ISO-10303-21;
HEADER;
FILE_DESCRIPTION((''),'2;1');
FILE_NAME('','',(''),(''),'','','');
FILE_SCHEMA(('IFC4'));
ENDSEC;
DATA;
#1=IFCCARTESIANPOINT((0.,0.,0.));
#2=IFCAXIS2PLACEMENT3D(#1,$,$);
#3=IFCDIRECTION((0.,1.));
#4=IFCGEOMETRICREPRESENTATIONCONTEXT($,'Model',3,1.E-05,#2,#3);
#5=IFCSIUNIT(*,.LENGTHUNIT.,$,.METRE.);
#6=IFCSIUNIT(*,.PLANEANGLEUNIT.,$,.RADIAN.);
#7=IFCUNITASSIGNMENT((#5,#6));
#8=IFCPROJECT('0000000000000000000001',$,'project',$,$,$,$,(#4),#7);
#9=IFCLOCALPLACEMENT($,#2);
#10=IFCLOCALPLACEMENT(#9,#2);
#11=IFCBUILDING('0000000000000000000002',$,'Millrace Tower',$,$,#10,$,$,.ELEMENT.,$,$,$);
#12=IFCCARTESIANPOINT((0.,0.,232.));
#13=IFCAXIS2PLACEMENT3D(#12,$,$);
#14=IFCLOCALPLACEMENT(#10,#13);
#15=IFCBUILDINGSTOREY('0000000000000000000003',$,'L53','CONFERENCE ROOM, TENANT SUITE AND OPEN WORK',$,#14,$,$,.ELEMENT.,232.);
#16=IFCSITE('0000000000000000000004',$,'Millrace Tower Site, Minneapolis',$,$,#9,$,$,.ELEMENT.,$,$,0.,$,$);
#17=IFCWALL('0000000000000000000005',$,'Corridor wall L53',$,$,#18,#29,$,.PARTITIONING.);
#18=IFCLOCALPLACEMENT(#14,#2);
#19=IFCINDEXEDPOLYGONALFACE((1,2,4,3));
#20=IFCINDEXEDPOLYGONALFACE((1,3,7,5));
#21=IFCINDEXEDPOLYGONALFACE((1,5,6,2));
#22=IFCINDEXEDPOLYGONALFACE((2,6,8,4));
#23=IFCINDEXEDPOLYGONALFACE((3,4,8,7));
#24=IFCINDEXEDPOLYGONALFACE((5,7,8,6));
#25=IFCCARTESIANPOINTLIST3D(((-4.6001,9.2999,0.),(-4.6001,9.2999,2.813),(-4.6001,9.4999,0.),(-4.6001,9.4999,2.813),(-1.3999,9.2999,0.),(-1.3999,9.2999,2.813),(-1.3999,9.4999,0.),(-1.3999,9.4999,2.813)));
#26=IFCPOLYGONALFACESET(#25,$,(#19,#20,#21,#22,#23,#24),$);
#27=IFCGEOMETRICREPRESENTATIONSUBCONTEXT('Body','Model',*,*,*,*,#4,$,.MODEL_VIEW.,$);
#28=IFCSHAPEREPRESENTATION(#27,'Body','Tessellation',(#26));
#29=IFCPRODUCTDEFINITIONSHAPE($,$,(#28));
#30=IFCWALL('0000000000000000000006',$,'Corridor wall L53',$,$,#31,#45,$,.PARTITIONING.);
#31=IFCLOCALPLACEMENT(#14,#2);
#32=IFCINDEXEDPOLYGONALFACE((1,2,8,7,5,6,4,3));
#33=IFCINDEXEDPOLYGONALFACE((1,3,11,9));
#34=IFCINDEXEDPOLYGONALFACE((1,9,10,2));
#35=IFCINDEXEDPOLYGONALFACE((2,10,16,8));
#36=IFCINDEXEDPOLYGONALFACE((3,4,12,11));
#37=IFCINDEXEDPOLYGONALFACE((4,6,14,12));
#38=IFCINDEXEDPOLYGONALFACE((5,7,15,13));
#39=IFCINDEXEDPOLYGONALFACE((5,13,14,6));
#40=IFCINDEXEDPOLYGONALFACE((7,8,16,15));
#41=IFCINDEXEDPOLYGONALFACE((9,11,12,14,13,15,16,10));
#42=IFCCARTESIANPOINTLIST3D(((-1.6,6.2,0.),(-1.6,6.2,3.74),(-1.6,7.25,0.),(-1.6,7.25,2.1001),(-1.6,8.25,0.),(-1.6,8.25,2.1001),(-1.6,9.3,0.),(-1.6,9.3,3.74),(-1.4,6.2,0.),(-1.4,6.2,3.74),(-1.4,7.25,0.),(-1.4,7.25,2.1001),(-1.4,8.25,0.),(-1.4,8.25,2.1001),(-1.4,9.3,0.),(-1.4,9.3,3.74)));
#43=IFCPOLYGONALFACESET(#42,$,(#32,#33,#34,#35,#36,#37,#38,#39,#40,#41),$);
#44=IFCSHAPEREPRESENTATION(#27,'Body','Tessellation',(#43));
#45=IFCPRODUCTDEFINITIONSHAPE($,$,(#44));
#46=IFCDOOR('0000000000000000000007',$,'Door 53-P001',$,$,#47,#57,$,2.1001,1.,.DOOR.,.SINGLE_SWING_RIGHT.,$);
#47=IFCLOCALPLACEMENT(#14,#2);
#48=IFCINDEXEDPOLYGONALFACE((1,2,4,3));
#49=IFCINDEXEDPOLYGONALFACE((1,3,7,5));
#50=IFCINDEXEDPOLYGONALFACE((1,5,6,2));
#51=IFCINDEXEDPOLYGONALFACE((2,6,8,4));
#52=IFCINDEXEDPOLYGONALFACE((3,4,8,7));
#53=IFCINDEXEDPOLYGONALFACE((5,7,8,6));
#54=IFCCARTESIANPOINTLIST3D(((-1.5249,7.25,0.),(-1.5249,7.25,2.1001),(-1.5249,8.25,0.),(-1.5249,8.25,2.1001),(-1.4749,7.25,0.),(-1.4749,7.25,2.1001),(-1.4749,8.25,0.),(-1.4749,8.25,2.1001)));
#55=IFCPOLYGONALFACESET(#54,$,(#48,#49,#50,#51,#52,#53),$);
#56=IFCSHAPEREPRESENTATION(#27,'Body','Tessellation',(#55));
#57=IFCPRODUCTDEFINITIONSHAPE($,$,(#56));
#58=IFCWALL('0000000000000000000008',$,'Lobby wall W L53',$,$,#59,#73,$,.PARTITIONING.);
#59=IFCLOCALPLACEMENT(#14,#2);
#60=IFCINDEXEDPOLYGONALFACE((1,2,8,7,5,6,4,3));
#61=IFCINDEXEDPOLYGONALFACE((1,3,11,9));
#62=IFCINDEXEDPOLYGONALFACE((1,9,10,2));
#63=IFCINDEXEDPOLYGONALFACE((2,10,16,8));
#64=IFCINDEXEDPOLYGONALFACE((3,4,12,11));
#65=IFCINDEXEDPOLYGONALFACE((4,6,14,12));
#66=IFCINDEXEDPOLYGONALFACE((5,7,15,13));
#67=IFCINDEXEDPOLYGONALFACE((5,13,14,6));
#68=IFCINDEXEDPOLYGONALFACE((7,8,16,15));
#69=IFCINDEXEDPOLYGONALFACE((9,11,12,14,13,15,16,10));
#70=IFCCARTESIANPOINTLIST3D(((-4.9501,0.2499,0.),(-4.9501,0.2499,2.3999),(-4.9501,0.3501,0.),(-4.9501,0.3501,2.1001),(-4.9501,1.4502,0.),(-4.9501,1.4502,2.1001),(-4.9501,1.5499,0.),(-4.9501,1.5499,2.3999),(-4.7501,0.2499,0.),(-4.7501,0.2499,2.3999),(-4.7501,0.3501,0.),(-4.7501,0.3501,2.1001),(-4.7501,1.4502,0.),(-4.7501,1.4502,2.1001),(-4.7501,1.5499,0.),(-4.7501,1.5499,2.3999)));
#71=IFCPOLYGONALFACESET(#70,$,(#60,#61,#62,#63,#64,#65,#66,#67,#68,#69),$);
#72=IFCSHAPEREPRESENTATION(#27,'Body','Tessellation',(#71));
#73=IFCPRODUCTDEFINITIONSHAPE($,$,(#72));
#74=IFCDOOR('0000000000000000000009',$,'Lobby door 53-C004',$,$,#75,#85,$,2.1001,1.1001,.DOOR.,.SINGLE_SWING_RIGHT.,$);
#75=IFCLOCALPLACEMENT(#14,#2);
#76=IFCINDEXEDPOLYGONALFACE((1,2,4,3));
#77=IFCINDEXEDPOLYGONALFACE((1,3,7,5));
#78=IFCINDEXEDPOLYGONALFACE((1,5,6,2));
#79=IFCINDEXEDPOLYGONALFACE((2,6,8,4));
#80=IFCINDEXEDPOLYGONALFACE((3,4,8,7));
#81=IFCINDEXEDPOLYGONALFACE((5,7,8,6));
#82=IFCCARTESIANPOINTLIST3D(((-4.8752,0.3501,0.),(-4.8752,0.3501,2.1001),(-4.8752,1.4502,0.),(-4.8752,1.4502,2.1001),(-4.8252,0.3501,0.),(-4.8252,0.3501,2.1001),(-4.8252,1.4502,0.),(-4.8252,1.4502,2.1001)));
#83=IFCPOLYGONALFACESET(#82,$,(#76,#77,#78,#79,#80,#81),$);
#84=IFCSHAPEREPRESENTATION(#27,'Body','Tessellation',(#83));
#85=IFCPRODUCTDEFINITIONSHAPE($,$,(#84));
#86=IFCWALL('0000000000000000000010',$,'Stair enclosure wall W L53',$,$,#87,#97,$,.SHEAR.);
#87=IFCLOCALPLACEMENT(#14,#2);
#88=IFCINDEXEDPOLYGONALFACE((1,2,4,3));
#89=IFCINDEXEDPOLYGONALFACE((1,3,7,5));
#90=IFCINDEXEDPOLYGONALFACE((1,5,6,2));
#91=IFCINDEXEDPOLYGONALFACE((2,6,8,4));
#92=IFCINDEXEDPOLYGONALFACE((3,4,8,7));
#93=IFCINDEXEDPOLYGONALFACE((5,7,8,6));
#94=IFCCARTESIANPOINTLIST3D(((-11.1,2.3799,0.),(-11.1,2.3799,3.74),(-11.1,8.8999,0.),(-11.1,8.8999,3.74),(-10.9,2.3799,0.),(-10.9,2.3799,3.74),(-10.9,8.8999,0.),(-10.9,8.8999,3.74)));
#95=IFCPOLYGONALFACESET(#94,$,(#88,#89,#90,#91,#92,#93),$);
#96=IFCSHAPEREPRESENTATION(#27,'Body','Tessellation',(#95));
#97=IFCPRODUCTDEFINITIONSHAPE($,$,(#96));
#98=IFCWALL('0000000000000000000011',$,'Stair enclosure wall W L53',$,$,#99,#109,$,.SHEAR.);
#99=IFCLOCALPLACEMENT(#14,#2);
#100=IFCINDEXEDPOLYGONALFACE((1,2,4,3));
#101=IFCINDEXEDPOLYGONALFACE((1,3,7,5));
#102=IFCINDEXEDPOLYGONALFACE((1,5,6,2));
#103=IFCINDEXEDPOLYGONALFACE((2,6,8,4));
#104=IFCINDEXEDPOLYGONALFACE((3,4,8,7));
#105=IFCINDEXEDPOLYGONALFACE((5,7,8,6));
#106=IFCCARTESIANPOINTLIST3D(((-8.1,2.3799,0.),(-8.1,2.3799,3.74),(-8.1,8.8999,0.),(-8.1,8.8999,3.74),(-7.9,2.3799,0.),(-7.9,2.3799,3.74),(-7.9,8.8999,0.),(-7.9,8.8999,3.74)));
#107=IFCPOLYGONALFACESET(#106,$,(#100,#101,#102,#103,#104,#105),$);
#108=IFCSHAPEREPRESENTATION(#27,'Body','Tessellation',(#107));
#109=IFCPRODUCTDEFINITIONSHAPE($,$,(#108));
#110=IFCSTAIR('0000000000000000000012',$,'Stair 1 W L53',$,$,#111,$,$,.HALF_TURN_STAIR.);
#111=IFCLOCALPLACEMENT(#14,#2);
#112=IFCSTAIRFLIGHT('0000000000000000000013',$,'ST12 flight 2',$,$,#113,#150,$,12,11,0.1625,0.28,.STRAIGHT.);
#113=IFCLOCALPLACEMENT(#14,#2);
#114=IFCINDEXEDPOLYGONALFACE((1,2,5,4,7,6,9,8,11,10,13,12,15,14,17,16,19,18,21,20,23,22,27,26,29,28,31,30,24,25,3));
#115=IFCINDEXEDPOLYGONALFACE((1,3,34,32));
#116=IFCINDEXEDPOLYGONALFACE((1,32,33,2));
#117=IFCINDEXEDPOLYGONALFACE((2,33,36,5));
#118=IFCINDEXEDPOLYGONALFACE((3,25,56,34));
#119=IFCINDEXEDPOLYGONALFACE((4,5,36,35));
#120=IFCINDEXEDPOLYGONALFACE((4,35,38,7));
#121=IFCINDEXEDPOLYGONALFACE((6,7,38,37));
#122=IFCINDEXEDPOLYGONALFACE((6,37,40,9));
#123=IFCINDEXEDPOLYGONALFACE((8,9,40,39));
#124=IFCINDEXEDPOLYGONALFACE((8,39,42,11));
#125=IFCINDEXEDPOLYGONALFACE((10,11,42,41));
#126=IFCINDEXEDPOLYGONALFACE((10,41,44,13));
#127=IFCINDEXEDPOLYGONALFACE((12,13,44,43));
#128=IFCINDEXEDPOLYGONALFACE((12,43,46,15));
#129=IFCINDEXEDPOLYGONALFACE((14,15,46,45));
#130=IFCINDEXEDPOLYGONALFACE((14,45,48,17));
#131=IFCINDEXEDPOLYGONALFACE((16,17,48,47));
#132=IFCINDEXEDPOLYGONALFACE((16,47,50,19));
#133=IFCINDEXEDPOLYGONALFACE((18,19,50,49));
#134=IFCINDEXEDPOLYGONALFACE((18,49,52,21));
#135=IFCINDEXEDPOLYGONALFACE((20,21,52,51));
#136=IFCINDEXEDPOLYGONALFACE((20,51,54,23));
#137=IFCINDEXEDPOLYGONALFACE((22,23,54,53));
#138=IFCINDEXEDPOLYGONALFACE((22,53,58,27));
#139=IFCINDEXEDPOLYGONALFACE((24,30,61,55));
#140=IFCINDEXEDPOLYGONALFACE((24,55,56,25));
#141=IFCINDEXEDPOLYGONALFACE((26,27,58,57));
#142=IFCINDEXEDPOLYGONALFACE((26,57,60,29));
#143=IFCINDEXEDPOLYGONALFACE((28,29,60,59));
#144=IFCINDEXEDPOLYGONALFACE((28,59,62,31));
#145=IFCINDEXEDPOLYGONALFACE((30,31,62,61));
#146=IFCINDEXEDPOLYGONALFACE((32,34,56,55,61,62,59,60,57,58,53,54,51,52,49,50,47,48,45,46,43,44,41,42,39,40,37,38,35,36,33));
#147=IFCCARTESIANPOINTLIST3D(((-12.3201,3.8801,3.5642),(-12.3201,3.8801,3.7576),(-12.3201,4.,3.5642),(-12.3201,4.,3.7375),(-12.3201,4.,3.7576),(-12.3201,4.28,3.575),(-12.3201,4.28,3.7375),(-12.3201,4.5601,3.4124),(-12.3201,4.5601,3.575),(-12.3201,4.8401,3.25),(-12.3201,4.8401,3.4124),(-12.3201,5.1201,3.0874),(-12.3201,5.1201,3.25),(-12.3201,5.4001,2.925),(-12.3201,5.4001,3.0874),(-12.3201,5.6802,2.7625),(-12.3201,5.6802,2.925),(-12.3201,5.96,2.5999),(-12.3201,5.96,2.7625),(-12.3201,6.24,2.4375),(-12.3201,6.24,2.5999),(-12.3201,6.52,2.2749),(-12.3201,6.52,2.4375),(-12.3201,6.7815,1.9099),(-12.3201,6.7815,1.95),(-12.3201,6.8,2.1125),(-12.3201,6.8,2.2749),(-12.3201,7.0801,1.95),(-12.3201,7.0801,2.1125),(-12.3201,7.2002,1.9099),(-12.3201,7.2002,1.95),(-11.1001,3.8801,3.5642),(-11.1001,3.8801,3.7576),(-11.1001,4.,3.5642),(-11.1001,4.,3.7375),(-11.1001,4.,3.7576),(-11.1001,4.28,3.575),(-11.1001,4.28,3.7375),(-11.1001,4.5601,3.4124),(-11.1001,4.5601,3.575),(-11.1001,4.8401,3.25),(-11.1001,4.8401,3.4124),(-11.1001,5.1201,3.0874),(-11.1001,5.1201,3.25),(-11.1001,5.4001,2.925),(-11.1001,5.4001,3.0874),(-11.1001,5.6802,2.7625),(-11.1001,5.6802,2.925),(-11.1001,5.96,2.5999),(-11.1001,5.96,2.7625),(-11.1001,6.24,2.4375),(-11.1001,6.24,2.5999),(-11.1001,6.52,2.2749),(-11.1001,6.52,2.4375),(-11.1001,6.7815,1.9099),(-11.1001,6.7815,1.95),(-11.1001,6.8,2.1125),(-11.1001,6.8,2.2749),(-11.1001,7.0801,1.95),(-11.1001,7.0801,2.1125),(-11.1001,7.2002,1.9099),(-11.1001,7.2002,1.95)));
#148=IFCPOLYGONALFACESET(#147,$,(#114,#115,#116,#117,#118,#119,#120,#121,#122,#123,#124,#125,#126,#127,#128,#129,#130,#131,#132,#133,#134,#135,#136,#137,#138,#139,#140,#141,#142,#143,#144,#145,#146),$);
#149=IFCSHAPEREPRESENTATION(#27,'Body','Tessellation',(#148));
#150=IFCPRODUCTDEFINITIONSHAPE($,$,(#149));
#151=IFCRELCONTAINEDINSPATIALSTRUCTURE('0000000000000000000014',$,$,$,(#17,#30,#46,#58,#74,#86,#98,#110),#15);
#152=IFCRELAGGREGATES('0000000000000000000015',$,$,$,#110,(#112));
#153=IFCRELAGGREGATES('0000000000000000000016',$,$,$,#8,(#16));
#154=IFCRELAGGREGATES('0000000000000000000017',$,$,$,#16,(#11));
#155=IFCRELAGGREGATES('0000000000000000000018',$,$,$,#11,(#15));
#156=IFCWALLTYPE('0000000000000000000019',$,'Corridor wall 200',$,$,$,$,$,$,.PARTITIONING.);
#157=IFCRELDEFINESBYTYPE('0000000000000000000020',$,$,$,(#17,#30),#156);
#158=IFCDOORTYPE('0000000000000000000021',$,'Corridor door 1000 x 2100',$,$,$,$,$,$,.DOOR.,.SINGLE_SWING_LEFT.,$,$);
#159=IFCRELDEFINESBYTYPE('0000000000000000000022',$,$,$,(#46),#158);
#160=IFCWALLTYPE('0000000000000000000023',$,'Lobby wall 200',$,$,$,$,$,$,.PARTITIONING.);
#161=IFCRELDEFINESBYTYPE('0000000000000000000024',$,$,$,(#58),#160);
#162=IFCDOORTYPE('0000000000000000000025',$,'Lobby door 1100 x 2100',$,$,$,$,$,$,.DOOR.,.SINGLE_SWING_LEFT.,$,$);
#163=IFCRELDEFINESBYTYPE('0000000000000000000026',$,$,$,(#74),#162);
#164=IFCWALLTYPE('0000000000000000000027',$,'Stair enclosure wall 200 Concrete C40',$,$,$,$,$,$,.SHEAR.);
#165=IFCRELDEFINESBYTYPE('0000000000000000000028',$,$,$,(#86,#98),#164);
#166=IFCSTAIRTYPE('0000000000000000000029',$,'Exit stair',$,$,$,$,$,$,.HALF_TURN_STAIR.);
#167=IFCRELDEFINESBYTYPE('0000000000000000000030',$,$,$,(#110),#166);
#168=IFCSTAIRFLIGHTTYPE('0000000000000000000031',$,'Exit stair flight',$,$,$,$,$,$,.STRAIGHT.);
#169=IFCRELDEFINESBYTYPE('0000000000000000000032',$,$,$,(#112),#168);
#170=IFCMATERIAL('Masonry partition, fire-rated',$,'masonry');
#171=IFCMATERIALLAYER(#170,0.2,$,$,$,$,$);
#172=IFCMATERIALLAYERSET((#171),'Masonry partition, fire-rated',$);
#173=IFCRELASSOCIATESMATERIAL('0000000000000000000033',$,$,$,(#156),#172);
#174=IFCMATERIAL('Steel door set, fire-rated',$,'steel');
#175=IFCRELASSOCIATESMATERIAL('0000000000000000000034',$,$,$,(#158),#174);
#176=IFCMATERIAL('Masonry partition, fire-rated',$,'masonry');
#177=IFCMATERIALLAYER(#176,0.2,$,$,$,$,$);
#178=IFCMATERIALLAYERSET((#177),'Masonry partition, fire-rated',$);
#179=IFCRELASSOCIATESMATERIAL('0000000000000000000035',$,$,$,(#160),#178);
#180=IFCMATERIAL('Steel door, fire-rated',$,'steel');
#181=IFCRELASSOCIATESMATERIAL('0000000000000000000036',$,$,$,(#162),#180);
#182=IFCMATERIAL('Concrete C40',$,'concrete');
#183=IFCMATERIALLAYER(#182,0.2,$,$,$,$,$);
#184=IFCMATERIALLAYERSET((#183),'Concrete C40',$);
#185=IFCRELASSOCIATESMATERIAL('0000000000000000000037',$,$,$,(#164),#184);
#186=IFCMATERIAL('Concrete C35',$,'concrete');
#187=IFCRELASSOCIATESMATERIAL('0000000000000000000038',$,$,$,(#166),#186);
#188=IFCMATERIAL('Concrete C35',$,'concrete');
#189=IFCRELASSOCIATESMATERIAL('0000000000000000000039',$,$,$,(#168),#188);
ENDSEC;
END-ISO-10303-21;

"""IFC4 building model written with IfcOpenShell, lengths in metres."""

from ifc_helpers import new_model, si_unit, direction, frame, frame_2d, origin, place, context, subcontext, project, spatial, polyline, rectangle, outline, extrude, material, layer, layer_set, type_object, element, fill, aggregate, save


model = new_model("IFC4")

# Units and contexts
model_context = context("Model", 3, precision=1e-05, world=origin(), true_north=direction((0.0, 1.0)))
body_context = subcontext(model_context, "Body", "Model", "MODEL_VIEW")
ifc_project = project(units=[si_unit("LENGTHUNIT", "METRE"), si_unit("PLANEANGLEUNIT", "RADIAN")], contexts=[model_context])

# Site, building, storey
site_placement = place(None, origin())
site = spatial("IfcSite", under=ifc_project, at=site_placement, Name="Millrace Tower Site, Minneapolis", CompositionType="ELEMENT", RefElevation=0.0)
building_placement = place(site_placement, origin())
building = spatial("IfcBuilding", under=site, at=building_placement, Name="Millrace Tower", CompositionType="ELEMENT")
storey_placement = place(building_placement, frame((0.0, 0.0, 232.0)))
storey = spatial("IfcBuildingStorey", under=building, at=storey_placement, Name="L53", Description="CONFERENCE ROOM, TENANT SUITE AND OPEN WORK", CompositionType="ELEMENT", Elevation=232.0)

# Shared definitions
placement = place(storey_placement, origin())

# Wall
ifc_material_1 = material(Name="Masonry partition, fire-rated", Category="masonry")
ifc_layer_1 = layer(ifc_material_1, 0.2)
ifc_layer_set_1 = layer_set([ifc_layer_1], Name="Masonry partition, fire-rated")
wall_type_1 = type_object("IfcWallType", Name="Corridor wall 200", PredefinedType="PARTITIONING", material=ifc_layer_set_1)
wall_1_placement = place(storey_placement, frame((-4.6001, 9.3999, 0.0), z_axis=(0.0, 0.0, 1.0), x_axis=(1.0, 0.0, 0.0)))
element("IfcWall", 1, at=wall_1_placement, inside=storey, type_object=wall_type_1, Name="Corridor wall L53", PredefinedType="PARTITIONING", context=body_context, shape_type="SweptSolid", body=[
    extrude(rectangle(XDim=3.2002, YDim=0.2, at=frame_2d((1.6001, 0.0))), origin(), (0.0, 0.0, 1.0), 2.813),
])

# Walls, openings, doors
wall_2_placement = place(storey_placement, frame((-1.5, 6.2, 0.0), z_axis=(0.0, 0.0, 1.0), x_axis=(0.0, 1.0, 0.0)))
wall_2 = element("IfcWall", 2, at=wall_2_placement, inside=storey, type_object=wall_type_1, Name="Corridor wall L53", PredefinedType="PARTITIONING", context=body_context, shape_type="SweptSolid", body=[
    extrude(rectangle(XDim=3.1001, YDim=0.2, at=frame_2d((1.55, 0.0))), origin(), (0.0, 0.0, 1.0), 3.74),
])
opening_1_placement = place(wall_2_placement, frame((1.05, 0.0, 0.0)))
opening_1 = element("IfcOpeningElement", 3, at=opening_1_placement, cuts=wall_2, PredefinedType="OPENING", context=body_context, shape_type="SweptSolid", body=[
    extrude(rectangle(XDim=1.0, YDim=2.1001, at=frame_2d((0.5, 1.05))), frame((0.0, 0.1099, 0.0), z_axis=(0.0, -1.0, 0.0), x_axis=(1.0, 0.0, 0.0)), (0.0, 0.0, 1.0), 0.22),
])
ifc_material_2 = material(Name="Steel door set, fire-rated", Category="steel")
door_type_1 = type_object("IfcDoorType", Name="Corridor door 1000 x 2100", OperationType="SINGLE_SWING_LEFT", PredefinedType="DOOR", material=ifc_material_2)
door_1_placement = place(opening_1_placement, origin())
door_1 = element("IfcDoor", 4, at=door_1_placement, inside=storey, type_object=door_type_1, Name="Door 53-P001", OperationType="SINGLE_SWING_RIGHT", OverallHeight=2.1001, OverallWidth=1.0, PredefinedType="DOOR", context=body_context, shape_type="SweptSolid", body=[
    extrude(rectangle(XDim=1.0, YDim=2.1001, at=frame_2d((0.5, 1.05))), frame((0.0, 0.0249, 0.0), z_axis=(0.0, -1.0, 0.0), x_axis=(1.0, 0.0, 0.0)), (0.0, 0.0, 1.0), 0.05),
])
fill(opening_1, door_1)
ifc_material_3 = material(Name="Masonry partition, fire-rated", Category="masonry")
ifc_layer_2 = layer(ifc_material_3, 0.2)
ifc_layer_set_2 = layer_set([ifc_layer_2], Name="Masonry partition, fire-rated")
wall_type_2 = type_object("IfcWallType", Name="Lobby wall 200", PredefinedType="PARTITIONING", material=ifc_layer_set_2)
wall_3_placement = place(storey_placement, frame((-4.8501, 0.25, 0.0), z_axis=(0.0, 0.0, 1.0), x_axis=(0.0, 1.0, 0.0)))
wall_3 = element("IfcWall", 5, at=wall_3_placement, inside=storey, type_object=wall_type_2, Name="Lobby wall W L53", PredefinedType="PARTITIONING", context=body_context, shape_type="SweptSolid", body=[
    extrude(rectangle(XDim=1.3, YDim=0.2, at=frame_2d((0.6499, 0.0))), origin(), (0.0, 0.0, 1.0), 2.3999),
])
opening_2_placement = place(wall_3_placement, frame((0.1001, 0.0, 0.0)))
opening_2 = element("IfcOpeningElement", 6, at=opening_2_placement, cuts=wall_3, PredefinedType="OPENING", context=body_context, shape_type="SweptSolid", body=[
    extrude(rectangle(XDim=1.1001, YDim=2.1001, at=frame_2d((0.55, 1.05))), frame((0.0, 0.1099, 0.0), z_axis=(0.0, -1.0, 0.0), x_axis=(1.0, 0.0, 0.0)), (0.0, 0.0, 1.0), 0.22),
])
ifc_material_4 = material(Name="Steel door, fire-rated", Category="steel")
door_type_2 = type_object("IfcDoorType", Name="Lobby door 1100 x 2100", OperationType="SINGLE_SWING_LEFT", PredefinedType="DOOR", material=ifc_material_4)
door_2_placement = place(opening_2_placement, frame((1.1001, 0.0, 0.0), z_axis=(0.0, 0.0, 1.0), x_axis=(-1.0, 0.0, 0.0)))
door_2 = element("IfcDoor", 7, at=door_2_placement, inside=storey, type_object=door_type_2, Name="Lobby door 53-C004", OperationType="SINGLE_SWING_RIGHT", OverallHeight=2.1001, OverallWidth=1.1001, PredefinedType="DOOR", context=body_context, shape_type="SweptSolid", body=[
    extrude(rectangle(XDim=1.1001, YDim=2.1001, at=frame_2d((0.55, 1.05))), frame((0.0, 0.0249, 0.0), z_axis=(0.0, -1.0, 0.0), x_axis=(1.0, 0.0, 0.0)), (0.0, 0.0, 1.0), 0.05),
])
fill(opening_2, door_2)

# Walls
ifc_material_5 = material(Name="Concrete C40", Category="concrete")
ifc_layer_3 = layer(ifc_material_5, 0.2)
ifc_layer_set_3 = layer_set([ifc_layer_3], Name="Concrete C40")
wall_type_3 = type_object("IfcWallType", Name="Stair enclosure wall 200 Concrete C40", PredefinedType="SHEAR", material=ifc_layer_set_3)
for number, where, z_axis, x_axis, name in (
    (8, (-11.0, 2.3799, 0.0), (0.0, 0.0, 1.0), (0.0, 1.0, 0.0), "Stair enclosure wall W L53"),
    (9, (-8.0, 2.3799, 0.0), (0.0, 0.0, 1.0), (0.0, 1.0, 0.0), "Stair enclosure wall W L53"),
):
    element("IfcWall", number, at=place(storey_placement, frame(where, z_axis=z_axis, x_axis=x_axis)), inside=storey, type_object=wall_type_3, Name=name, PredefinedType="SHEAR", context=body_context, shape_type="SweptSolid", body=[
        extrude(rectangle(XDim=6.52, YDim=0.2, at=frame_2d((3.26, 0.0))), origin(), (0.0, 0.0, 1.0), 3.74),
    ])

# Stair, stair flight
ifc_material_6 = material(Name="Concrete C35", Category="concrete")
stair_type = type_object("IfcStairType", Name="Exit stair", PredefinedType="HALF_TURN_STAIR", material=ifc_material_6)
stair_1 = element("IfcStair", 10, at=placement, inside=storey, type_object=stair_type, Name="Stair 1 W L53", PredefinedType="HALF_TURN_STAIR")
ifc_material_7 = material(Name="Concrete C35", Category="concrete")
stair_flight_type = type_object("IfcStairFlightType", Name="Exit stair flight", PredefinedType="STRAIGHT", material=ifc_material_7)
stair_flight_1_placement = place(storey_placement, frame((-11.71, 7.0801, 1.95), z_axis=(0.0, 0.0, 1.0), x_axis=(0.0, -1.0, 0.0)))
stair_flight_1 = element("IfcStairFlight", 11, at=stair_flight_1_placement, type_object=stair_flight_type, Name="ST12 flight 2", NumberOfRisers=12, NumberOfTreads=11, PredefinedType="STRAIGHT", RiserHeight=0.1625, TreadLength=0.28, context=body_context, shape_type="SweptSolid", body=[
    extrude(outline(polyline([(-0.1201, -0.04), (-0.1201, 0.0), (0.0, 0.0), (0.0, 0.1626), (0.28, 0.1626), (0.28, 0.325), (0.5601, 0.325), (0.5601, 0.4875), (0.8401, 0.4875), (0.8401, 0.6499), (1.1201, 0.6499), (1.1201, 0.8125), (1.3999, 0.8125), (1.3999, 0.9751), (1.6799, 0.9751), (1.6799, 1.1375), (1.96, 1.1375), (1.96, 1.3), (2.24, 1.3), (2.24, 1.4624), (2.52, 1.4624), (2.52, 1.625), (2.8, 1.625), (2.8, 1.7876), (3.0801, 1.7876), (3.0801, 1.8076), (3.2, 1.8076), (3.2, 1.6143), (3.0801, 1.6143), (0.2986, 0.0), (0.2986, -0.04), (-0.1201, -0.04)])), frame((0.0, 0.6099, 0.0), z_axis=(0.0, -1.0, 0.0), x_axis=(1.0, 0.0, 0.0)), (0.0, 0.0, 1.0), 1.22),
])
aggregate(stair_1, [stair_flight_1])

save(model, "model.ifc")
